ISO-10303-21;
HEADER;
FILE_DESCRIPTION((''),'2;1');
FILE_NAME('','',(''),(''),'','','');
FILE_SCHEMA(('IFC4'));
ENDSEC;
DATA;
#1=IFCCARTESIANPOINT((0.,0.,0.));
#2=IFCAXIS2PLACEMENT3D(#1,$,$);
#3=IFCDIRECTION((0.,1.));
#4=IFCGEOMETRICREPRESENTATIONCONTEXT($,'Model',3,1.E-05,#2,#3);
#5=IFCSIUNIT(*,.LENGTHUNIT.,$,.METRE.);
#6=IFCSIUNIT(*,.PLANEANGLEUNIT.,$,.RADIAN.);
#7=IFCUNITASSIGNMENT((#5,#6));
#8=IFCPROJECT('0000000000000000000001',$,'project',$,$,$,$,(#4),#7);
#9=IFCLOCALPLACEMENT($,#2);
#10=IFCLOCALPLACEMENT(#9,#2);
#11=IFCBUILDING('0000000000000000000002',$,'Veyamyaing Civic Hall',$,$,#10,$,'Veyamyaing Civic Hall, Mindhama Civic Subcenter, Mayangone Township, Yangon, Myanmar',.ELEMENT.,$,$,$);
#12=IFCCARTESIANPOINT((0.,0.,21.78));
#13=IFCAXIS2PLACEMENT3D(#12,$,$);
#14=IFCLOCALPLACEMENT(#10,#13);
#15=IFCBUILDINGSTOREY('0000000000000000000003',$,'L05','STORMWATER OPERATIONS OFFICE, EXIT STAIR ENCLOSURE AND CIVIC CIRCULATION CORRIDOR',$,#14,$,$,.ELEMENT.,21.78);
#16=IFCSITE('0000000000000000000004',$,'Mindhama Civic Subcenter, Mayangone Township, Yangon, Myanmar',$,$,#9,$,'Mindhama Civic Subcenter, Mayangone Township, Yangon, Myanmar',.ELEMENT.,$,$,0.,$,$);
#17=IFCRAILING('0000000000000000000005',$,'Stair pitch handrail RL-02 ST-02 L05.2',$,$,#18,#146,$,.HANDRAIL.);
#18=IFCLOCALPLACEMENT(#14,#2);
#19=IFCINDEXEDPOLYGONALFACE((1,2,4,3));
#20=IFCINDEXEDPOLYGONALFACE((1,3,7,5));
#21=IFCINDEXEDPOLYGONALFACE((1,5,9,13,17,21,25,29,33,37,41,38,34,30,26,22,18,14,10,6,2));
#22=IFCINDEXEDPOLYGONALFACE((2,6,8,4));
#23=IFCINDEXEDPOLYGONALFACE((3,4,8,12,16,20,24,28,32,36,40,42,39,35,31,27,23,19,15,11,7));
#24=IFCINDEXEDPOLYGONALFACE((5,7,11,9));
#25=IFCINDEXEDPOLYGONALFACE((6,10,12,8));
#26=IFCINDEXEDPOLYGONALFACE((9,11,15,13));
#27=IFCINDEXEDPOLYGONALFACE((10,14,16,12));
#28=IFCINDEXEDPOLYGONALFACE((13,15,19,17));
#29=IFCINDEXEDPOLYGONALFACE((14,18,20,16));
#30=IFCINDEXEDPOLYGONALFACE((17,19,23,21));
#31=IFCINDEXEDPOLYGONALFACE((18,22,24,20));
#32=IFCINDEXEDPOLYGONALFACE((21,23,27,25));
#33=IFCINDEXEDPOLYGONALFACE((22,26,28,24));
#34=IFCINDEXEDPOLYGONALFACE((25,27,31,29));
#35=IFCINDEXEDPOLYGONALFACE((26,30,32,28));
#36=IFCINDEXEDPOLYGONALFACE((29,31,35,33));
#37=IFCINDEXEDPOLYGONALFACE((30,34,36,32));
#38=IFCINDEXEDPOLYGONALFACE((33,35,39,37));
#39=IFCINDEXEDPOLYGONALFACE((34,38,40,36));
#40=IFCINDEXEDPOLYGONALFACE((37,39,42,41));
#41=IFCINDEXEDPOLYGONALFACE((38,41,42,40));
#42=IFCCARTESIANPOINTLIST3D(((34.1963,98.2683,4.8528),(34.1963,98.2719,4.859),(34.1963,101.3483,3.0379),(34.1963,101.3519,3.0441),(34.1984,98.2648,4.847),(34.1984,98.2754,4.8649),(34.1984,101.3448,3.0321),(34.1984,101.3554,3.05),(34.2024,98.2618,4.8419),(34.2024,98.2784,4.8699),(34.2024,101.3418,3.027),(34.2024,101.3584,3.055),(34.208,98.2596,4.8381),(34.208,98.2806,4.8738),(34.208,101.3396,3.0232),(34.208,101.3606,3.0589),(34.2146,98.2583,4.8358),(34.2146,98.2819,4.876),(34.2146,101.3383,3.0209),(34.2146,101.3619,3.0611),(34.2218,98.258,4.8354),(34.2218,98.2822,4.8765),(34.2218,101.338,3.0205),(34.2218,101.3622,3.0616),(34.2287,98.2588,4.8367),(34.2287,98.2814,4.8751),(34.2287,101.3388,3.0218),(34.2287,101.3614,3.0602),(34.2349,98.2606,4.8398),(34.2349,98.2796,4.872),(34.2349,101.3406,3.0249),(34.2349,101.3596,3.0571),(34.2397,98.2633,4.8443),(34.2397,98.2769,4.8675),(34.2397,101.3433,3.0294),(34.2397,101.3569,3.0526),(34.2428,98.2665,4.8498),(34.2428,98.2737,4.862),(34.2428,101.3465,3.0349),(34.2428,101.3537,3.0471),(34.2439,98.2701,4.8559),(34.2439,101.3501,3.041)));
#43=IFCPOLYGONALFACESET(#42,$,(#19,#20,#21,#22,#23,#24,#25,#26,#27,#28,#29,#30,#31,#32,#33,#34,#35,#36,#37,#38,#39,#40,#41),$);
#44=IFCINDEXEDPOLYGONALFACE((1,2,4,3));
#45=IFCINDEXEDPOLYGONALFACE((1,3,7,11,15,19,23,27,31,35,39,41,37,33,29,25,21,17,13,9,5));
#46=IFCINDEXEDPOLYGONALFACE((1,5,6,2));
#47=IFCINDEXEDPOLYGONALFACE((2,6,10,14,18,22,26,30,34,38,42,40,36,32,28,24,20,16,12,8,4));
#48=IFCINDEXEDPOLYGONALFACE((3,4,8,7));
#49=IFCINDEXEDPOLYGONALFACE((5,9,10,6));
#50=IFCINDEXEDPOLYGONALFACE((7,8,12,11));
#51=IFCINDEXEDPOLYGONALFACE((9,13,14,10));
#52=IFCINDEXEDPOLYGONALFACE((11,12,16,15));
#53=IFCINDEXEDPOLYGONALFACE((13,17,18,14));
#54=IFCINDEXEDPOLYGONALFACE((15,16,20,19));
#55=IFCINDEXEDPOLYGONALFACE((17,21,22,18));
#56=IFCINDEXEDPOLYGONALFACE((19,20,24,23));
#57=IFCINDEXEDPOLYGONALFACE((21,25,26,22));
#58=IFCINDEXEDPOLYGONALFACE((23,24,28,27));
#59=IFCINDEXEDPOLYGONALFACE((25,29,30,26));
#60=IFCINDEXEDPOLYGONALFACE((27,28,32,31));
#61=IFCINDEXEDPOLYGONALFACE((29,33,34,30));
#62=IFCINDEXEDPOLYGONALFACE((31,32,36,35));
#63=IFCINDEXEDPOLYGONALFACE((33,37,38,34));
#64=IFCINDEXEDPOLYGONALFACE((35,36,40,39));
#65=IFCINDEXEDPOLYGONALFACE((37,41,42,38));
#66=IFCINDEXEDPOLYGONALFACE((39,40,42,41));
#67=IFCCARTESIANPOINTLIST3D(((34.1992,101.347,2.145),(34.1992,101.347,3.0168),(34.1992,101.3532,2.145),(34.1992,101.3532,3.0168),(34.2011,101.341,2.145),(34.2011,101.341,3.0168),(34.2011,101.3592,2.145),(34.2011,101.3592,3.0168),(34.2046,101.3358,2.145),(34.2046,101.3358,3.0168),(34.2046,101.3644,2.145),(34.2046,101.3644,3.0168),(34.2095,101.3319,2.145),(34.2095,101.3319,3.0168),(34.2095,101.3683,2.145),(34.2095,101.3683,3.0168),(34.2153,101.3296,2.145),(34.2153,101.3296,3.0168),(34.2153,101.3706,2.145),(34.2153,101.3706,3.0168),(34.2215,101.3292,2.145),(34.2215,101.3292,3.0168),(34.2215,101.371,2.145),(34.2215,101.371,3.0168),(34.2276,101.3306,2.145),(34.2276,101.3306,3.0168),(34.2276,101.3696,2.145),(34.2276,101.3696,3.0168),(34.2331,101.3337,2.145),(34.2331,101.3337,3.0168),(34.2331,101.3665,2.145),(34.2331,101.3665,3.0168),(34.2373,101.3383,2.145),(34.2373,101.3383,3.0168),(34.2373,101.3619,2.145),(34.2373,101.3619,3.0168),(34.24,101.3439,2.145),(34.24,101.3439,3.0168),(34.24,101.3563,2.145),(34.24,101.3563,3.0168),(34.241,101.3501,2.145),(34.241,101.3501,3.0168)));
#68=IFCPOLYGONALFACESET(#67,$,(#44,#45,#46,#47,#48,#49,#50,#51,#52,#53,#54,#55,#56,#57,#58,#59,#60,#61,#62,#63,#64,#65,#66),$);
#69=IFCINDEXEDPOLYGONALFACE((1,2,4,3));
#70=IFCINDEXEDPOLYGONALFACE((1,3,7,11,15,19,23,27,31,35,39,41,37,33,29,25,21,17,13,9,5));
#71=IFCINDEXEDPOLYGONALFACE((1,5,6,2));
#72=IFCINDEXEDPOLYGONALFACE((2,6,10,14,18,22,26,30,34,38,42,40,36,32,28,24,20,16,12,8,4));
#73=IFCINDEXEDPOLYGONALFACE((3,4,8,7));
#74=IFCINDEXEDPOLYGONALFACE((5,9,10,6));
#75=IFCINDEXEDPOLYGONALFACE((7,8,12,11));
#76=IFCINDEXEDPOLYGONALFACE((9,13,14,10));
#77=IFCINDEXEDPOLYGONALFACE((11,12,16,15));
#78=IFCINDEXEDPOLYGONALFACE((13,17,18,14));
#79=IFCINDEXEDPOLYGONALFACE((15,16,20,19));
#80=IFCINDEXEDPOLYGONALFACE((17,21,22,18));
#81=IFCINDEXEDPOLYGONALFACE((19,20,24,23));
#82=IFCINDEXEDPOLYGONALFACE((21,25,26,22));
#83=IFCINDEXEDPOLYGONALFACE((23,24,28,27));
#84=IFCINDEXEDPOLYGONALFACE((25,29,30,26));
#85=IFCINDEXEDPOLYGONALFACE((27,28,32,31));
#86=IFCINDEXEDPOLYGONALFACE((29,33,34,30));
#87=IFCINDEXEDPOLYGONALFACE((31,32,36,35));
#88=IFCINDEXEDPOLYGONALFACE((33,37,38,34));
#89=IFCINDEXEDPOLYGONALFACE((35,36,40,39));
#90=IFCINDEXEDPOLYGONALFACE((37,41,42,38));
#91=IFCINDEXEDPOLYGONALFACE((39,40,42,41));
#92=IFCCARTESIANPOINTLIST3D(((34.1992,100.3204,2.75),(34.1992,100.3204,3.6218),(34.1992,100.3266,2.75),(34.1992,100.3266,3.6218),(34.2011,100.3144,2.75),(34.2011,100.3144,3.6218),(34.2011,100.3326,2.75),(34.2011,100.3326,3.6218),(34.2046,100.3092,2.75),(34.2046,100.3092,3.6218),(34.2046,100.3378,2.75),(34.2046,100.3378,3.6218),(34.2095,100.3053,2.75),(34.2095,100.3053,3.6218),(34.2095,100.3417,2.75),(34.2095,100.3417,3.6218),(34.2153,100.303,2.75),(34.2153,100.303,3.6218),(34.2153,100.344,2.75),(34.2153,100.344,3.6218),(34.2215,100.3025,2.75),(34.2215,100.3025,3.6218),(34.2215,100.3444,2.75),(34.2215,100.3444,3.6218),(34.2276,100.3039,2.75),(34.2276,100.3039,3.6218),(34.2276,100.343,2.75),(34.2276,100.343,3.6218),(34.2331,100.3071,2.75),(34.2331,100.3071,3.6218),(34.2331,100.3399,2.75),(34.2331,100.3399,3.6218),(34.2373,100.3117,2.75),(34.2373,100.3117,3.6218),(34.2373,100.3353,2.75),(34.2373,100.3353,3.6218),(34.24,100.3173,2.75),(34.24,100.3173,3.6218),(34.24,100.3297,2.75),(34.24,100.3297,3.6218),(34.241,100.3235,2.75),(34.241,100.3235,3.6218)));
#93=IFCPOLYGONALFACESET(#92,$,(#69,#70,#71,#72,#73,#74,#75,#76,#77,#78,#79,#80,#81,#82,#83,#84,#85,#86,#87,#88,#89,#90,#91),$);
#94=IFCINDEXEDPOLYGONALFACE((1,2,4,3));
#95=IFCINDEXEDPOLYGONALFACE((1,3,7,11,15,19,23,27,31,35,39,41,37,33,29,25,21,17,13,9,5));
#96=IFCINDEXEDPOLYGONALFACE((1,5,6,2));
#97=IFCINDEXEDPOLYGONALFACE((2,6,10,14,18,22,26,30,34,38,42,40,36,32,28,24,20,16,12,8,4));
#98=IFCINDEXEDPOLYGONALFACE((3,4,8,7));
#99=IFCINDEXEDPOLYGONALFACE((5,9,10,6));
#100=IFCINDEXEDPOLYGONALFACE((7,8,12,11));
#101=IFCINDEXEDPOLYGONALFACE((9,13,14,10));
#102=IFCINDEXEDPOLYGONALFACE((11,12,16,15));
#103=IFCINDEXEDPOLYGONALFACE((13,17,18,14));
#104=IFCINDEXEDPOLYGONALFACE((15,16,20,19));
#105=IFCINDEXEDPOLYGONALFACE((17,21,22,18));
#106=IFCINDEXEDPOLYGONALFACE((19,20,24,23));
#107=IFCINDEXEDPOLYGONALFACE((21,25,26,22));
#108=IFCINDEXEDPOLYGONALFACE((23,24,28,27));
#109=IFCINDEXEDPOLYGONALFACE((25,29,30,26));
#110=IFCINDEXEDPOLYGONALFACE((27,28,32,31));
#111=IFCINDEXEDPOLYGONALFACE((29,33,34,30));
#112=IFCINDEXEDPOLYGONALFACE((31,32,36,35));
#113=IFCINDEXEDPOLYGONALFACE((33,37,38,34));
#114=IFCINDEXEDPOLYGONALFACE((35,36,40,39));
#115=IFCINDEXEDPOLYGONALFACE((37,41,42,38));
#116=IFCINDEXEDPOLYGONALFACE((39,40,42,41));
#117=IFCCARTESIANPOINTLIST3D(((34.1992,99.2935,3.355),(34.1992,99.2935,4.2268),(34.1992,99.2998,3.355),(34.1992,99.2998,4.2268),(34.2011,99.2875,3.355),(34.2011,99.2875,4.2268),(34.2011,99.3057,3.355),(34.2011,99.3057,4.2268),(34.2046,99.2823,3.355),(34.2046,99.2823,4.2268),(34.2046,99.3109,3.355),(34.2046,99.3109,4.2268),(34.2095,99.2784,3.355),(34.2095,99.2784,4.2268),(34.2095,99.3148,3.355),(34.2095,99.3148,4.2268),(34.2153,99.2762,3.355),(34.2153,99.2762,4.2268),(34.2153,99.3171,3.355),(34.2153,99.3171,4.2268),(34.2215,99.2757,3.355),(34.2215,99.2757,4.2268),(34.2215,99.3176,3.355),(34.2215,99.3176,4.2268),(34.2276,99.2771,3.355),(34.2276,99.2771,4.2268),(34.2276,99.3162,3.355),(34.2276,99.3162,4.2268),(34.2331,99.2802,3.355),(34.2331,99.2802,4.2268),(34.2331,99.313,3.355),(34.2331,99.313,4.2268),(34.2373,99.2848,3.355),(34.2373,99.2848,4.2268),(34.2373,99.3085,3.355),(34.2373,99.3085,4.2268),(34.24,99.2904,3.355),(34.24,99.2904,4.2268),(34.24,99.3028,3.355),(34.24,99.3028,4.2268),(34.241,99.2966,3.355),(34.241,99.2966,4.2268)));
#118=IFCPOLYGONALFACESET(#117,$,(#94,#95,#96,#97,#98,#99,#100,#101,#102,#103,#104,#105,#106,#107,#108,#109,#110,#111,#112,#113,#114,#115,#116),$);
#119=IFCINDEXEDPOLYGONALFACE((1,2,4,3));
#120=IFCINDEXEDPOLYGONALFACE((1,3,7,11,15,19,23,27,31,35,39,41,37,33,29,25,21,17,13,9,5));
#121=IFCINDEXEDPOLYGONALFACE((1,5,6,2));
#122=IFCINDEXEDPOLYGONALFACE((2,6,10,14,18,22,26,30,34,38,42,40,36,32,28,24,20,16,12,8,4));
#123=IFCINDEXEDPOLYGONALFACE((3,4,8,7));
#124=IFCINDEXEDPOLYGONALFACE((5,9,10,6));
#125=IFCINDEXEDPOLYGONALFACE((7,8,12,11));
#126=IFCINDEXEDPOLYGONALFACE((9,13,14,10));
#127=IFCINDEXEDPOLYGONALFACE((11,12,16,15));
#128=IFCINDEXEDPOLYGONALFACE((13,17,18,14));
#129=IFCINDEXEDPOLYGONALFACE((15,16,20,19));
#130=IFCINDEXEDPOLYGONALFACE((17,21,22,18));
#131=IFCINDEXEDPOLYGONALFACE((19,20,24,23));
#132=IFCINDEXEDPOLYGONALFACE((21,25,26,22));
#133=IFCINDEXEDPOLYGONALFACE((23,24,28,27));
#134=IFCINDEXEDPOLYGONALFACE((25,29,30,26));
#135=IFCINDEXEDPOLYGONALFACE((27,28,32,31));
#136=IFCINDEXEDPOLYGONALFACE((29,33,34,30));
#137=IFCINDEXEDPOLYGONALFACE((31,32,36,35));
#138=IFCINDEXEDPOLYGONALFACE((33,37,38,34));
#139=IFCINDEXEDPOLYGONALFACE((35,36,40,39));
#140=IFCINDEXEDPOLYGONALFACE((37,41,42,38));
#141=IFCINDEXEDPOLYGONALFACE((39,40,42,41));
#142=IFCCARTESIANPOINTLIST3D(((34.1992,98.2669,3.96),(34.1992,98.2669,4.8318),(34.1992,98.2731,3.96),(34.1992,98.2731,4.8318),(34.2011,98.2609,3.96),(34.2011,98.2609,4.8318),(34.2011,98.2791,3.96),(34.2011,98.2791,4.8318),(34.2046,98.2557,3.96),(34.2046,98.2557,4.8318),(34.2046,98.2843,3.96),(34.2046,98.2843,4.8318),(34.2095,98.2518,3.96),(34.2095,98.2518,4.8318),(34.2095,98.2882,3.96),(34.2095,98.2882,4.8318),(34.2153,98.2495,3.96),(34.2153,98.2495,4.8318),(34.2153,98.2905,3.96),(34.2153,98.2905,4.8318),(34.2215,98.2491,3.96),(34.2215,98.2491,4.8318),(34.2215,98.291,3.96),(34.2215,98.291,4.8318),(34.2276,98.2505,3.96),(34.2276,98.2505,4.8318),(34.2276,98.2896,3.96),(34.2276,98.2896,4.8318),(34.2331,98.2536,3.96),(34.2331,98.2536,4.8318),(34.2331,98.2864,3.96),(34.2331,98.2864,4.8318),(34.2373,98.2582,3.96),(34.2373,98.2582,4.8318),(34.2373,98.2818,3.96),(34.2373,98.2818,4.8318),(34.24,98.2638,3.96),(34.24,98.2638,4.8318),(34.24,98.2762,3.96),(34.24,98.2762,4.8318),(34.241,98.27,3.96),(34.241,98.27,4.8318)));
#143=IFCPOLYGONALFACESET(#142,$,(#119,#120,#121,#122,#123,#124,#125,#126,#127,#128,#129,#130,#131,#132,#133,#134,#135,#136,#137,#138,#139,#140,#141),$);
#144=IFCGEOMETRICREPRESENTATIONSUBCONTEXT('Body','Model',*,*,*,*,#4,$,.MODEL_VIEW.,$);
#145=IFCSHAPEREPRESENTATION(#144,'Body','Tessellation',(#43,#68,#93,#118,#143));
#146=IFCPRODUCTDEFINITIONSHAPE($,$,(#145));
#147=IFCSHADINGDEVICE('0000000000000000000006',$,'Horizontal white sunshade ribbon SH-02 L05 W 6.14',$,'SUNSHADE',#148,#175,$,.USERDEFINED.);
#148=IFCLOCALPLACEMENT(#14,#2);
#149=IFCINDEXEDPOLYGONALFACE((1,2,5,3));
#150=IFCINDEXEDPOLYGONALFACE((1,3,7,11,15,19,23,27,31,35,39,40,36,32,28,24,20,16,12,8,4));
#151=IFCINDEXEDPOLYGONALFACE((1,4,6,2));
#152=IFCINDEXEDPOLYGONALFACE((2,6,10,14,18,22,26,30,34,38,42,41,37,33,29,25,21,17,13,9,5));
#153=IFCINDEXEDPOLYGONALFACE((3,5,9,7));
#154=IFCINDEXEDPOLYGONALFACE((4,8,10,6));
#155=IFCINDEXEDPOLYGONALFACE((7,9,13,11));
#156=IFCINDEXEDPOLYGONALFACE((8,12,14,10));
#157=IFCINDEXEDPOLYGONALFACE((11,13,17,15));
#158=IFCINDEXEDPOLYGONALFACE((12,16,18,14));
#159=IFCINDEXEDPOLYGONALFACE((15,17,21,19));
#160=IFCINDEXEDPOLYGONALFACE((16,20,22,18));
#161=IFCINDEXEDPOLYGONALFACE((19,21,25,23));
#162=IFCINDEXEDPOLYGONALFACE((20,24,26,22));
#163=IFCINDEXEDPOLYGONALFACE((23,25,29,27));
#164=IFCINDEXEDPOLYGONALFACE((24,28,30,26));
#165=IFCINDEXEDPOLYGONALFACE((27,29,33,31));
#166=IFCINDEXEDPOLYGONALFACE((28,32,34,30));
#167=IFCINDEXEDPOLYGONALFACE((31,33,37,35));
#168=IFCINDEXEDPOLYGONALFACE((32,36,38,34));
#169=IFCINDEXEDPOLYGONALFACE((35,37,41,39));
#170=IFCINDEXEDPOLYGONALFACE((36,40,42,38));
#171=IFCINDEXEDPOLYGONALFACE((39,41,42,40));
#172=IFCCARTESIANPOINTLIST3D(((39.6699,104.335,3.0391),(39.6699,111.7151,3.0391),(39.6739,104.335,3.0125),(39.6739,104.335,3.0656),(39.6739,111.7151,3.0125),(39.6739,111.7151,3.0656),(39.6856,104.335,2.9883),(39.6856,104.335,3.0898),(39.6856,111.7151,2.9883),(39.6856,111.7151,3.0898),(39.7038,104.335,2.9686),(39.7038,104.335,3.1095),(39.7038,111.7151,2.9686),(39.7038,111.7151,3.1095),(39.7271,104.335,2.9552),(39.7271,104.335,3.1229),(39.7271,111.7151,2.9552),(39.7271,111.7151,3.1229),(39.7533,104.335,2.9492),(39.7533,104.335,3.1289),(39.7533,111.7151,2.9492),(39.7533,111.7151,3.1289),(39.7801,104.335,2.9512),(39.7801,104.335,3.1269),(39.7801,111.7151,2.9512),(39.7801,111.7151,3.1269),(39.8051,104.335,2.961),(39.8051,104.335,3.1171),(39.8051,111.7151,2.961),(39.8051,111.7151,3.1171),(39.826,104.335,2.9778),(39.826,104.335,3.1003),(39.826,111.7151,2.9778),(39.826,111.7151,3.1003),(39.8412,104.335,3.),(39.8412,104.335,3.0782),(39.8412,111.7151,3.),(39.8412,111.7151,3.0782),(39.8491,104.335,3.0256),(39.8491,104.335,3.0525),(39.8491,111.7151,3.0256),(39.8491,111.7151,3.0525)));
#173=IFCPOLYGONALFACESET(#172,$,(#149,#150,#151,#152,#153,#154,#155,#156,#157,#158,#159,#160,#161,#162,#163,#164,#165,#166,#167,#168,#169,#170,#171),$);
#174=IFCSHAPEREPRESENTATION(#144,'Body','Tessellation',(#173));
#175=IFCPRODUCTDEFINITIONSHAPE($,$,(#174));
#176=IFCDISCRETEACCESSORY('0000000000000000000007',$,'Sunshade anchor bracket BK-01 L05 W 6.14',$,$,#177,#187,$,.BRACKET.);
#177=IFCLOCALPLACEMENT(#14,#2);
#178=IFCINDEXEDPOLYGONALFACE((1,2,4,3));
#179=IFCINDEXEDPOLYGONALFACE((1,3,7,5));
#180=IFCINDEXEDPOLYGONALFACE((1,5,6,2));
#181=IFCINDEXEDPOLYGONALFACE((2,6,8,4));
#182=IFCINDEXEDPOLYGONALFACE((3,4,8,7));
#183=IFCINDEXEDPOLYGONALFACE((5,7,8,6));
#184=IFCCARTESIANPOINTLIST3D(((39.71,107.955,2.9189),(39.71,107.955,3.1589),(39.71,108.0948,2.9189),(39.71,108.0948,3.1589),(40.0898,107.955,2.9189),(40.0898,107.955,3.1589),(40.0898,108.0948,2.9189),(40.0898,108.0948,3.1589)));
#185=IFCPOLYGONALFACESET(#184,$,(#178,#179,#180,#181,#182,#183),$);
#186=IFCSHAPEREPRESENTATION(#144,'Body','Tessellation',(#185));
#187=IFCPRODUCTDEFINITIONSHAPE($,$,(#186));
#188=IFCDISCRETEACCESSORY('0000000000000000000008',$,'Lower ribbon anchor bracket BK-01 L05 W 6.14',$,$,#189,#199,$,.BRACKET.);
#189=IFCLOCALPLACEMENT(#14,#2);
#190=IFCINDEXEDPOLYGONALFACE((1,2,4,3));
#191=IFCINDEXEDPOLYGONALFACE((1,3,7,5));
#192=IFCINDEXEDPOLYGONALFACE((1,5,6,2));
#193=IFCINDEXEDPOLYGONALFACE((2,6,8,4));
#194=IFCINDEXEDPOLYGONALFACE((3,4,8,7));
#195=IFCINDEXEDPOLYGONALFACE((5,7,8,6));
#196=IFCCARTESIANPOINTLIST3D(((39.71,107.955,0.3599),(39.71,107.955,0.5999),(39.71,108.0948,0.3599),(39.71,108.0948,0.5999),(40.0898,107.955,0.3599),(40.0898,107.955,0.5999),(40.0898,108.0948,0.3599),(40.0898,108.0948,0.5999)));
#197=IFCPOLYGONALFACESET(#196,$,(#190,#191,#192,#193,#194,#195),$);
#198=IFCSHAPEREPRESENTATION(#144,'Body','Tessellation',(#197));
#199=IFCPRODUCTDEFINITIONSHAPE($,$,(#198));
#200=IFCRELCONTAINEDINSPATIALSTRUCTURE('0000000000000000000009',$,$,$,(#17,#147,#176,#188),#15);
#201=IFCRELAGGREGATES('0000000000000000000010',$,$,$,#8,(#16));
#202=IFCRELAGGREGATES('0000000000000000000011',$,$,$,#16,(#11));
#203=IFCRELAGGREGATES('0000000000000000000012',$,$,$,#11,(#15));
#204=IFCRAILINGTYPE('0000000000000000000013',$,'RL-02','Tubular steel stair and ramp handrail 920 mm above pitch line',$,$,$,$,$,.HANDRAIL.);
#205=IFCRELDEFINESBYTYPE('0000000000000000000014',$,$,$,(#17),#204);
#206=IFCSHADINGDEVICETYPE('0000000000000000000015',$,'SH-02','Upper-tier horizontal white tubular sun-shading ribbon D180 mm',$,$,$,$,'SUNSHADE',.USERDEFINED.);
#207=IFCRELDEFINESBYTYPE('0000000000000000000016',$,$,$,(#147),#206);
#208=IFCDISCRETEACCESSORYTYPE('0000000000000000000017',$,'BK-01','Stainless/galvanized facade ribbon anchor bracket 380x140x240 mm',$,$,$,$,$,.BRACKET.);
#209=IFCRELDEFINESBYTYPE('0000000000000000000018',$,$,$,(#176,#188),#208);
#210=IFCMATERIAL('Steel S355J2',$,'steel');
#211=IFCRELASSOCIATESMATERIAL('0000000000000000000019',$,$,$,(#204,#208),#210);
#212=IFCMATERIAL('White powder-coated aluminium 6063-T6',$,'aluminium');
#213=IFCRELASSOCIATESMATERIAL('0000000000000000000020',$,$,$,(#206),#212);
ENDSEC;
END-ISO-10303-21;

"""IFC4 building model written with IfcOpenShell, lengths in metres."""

from ifc_helpers import new_model, si_unit, direction, frame, origin, origin_2d, place, context, subcontext, project, spatial, rectangle, circle, extrude, material, material_profile, profile_set, type_object, element, save


model = new_model("IFC4")

# Units and contexts
model_context = context("Model", 3, precision=1e-05, world=origin(), true_north=direction((0.0, 1.0)))
body_context = subcontext(model_context, "Body", "Model", "MODEL_VIEW")
ifc_project = project(units=[si_unit("LENGTHUNIT", "METRE"), si_unit("PLANEANGLEUNIT", "RADIAN")], contexts=[model_context])

# Site, building, storey
site_placement = place(None, origin())
site = spatial("IfcSite", under=ifc_project, at=site_placement, Name="Mindhama Civic Subcenter, Mayangone Township, Yangon, Myanmar", LongName="Mindhama Civic Subcenter, Mayangone Township, Yangon, Myanmar", CompositionType="ELEMENT", RefElevation=0.0)
building_placement = place(site_placement, origin())
building = spatial("IfcBuilding", under=site, at=building_placement, Name="Veyamyaing Civic Hall", LongName="Veyamyaing Civic Hall, Mindhama Civic Subcenter, Mayangone Township, Yangon, Myanmar", CompositionType="ELEMENT")
storey_placement = place(building_placement, frame((0.0, 0.0, 21.78)))
storey = spatial("IfcBuildingStorey", under=building, at=storey_placement, Name="L05", Description="STORMWATER OPERATIONS OFFICE, EXIT STAIR ENCLOSURE AND CIVIC CIRCULATION CORRIDOR", CompositionType="ELEMENT", Elevation=21.78)

# Shared definitions
ifc_material_1 = material(Name="White powder-coated aluminium 6063-T6", Category="aluminium")

# Railing
ifc_material_2 = material(Name="Steel S355J2", Category="steel")
railing_type_1 = type_object("IfcRailingType", Name="RL-02", Description="Tubular steel stair and ramp handrail 920 mm above pitch line", PredefinedType="HANDRAIL", material=ifc_material_2)
railing_1_placement = place(storey_placement, frame((34.22, 101.3501, 2.145)))
element("IfcRailing", 1, at=railing_1_placement, inside=storey, type_object=railing_type_1, Name="Stair pitch handrail RL-02 ST-02 L05.2", PredefinedType="HANDRAIL", context=body_context, shape_type="SweptSolid", body=[
    extrude(circle(Radius=0.0239, at=origin_2d()), frame((0.0, 0.0, 0.896), z_axis=(0.0, -0.861551, 0.507671), x_axis=(1.0, 0.0, 0.0)), (0.0, 0.0, 1.0), 3.575),
    extrude(circle(Radius=0.021, at=origin_2d()), origin(), (0.0, 0.0, 1.0), 0.8718),
    extrude(circle(Radius=0.021, at=origin_2d()), frame((0.0, -1.0266, 0.605)), (0.0, 0.0, 1.0), 0.8718),
    extrude(circle(Radius=0.021, at=origin_2d()), frame((0.0, -2.0535, 1.21)), (0.0, 0.0, 1.0), 0.8718),
    extrude(circle(Radius=0.021, at=origin_2d()), frame((0.0, -3.0801, 1.8149)), (0.0, 0.0, 1.0), 0.8718),
])

# Shading device
ifc_material_profile_1 = material_profile(ifc_material_1, circle(Radius=0.0901, at=origin_2d()), Name="SHADE-TUBE-180")
ifc_profile_set_1 = profile_set([ifc_material_profile_1], Name="White powder-coated aluminium 6063-T6")
shading_device_type = type_object("IfcShadingDeviceType", Name="SH-02", Description="Upper-tier horizontal white tubular sun-shading ribbon D180 mm", ElementType="SUNSHADE", PredefinedType="USERDEFINED", material=ifc_profile_set_1)
shading_device_placement = place(storey_placement, frame((39.76, 104.335, 3.0391), z_axis=(0.0, 1.0, 0.0), x_axis=(-1.0, 0.0, 0.0)))
element("IfcShadingDevice", 2, at=shading_device_placement, inside=storey, type_object=shading_device_type, Name="Horizontal white sunshade ribbon SH-02 L05 W 6.14", ObjectType="SUNSHADE", PredefinedType="USERDEFINED", context=body_context, shape_type="SweptSolid", body=[
    extrude(circle(Radius=0.0901, at=origin_2d()), origin(), (0.0, 0.0, 1.0), 7.3801),
])

# Discrete accessories
discrete_accessory_type = type_object("IfcDiscreteAccessoryType", Name="BK-01", Description="Stainless/galvanized facade ribbon anchor bracket 380x140x240 mm", PredefinedType="BRACKET", material=ifc_material_2)
for number, where, z_axis, x_axis, name in (
    (3, (39.8999, 108.0249, 2.9189), (0.0, 0.0, 1.0), (-1.0, 0.0, 0.0), "Sunshade anchor bracket BK-01 L05 W 6.14"),
    (4, (39.8999, 108.0249, 0.3599), (0.0, 0.0, 1.0), (-1.0, 0.0, 0.0), "Lower ribbon anchor bracket BK-01 L05 W 6.14"),
):
    element("IfcDiscreteAccessory", number, at=place(storey_placement, frame(where, z_axis=z_axis, x_axis=x_axis)), inside=storey, type_object=discrete_accessory_type, Name=name, PredefinedType="BRACKET", context=body_context, shape_type="SweptSolid", body=[
        extrude(rectangle(XDim=0.3799, YDim=0.1399, at=origin_2d()), origin(), (0.0, 0.0, 1.0), 0.24),
    ])

save(model, "model.ifc")
